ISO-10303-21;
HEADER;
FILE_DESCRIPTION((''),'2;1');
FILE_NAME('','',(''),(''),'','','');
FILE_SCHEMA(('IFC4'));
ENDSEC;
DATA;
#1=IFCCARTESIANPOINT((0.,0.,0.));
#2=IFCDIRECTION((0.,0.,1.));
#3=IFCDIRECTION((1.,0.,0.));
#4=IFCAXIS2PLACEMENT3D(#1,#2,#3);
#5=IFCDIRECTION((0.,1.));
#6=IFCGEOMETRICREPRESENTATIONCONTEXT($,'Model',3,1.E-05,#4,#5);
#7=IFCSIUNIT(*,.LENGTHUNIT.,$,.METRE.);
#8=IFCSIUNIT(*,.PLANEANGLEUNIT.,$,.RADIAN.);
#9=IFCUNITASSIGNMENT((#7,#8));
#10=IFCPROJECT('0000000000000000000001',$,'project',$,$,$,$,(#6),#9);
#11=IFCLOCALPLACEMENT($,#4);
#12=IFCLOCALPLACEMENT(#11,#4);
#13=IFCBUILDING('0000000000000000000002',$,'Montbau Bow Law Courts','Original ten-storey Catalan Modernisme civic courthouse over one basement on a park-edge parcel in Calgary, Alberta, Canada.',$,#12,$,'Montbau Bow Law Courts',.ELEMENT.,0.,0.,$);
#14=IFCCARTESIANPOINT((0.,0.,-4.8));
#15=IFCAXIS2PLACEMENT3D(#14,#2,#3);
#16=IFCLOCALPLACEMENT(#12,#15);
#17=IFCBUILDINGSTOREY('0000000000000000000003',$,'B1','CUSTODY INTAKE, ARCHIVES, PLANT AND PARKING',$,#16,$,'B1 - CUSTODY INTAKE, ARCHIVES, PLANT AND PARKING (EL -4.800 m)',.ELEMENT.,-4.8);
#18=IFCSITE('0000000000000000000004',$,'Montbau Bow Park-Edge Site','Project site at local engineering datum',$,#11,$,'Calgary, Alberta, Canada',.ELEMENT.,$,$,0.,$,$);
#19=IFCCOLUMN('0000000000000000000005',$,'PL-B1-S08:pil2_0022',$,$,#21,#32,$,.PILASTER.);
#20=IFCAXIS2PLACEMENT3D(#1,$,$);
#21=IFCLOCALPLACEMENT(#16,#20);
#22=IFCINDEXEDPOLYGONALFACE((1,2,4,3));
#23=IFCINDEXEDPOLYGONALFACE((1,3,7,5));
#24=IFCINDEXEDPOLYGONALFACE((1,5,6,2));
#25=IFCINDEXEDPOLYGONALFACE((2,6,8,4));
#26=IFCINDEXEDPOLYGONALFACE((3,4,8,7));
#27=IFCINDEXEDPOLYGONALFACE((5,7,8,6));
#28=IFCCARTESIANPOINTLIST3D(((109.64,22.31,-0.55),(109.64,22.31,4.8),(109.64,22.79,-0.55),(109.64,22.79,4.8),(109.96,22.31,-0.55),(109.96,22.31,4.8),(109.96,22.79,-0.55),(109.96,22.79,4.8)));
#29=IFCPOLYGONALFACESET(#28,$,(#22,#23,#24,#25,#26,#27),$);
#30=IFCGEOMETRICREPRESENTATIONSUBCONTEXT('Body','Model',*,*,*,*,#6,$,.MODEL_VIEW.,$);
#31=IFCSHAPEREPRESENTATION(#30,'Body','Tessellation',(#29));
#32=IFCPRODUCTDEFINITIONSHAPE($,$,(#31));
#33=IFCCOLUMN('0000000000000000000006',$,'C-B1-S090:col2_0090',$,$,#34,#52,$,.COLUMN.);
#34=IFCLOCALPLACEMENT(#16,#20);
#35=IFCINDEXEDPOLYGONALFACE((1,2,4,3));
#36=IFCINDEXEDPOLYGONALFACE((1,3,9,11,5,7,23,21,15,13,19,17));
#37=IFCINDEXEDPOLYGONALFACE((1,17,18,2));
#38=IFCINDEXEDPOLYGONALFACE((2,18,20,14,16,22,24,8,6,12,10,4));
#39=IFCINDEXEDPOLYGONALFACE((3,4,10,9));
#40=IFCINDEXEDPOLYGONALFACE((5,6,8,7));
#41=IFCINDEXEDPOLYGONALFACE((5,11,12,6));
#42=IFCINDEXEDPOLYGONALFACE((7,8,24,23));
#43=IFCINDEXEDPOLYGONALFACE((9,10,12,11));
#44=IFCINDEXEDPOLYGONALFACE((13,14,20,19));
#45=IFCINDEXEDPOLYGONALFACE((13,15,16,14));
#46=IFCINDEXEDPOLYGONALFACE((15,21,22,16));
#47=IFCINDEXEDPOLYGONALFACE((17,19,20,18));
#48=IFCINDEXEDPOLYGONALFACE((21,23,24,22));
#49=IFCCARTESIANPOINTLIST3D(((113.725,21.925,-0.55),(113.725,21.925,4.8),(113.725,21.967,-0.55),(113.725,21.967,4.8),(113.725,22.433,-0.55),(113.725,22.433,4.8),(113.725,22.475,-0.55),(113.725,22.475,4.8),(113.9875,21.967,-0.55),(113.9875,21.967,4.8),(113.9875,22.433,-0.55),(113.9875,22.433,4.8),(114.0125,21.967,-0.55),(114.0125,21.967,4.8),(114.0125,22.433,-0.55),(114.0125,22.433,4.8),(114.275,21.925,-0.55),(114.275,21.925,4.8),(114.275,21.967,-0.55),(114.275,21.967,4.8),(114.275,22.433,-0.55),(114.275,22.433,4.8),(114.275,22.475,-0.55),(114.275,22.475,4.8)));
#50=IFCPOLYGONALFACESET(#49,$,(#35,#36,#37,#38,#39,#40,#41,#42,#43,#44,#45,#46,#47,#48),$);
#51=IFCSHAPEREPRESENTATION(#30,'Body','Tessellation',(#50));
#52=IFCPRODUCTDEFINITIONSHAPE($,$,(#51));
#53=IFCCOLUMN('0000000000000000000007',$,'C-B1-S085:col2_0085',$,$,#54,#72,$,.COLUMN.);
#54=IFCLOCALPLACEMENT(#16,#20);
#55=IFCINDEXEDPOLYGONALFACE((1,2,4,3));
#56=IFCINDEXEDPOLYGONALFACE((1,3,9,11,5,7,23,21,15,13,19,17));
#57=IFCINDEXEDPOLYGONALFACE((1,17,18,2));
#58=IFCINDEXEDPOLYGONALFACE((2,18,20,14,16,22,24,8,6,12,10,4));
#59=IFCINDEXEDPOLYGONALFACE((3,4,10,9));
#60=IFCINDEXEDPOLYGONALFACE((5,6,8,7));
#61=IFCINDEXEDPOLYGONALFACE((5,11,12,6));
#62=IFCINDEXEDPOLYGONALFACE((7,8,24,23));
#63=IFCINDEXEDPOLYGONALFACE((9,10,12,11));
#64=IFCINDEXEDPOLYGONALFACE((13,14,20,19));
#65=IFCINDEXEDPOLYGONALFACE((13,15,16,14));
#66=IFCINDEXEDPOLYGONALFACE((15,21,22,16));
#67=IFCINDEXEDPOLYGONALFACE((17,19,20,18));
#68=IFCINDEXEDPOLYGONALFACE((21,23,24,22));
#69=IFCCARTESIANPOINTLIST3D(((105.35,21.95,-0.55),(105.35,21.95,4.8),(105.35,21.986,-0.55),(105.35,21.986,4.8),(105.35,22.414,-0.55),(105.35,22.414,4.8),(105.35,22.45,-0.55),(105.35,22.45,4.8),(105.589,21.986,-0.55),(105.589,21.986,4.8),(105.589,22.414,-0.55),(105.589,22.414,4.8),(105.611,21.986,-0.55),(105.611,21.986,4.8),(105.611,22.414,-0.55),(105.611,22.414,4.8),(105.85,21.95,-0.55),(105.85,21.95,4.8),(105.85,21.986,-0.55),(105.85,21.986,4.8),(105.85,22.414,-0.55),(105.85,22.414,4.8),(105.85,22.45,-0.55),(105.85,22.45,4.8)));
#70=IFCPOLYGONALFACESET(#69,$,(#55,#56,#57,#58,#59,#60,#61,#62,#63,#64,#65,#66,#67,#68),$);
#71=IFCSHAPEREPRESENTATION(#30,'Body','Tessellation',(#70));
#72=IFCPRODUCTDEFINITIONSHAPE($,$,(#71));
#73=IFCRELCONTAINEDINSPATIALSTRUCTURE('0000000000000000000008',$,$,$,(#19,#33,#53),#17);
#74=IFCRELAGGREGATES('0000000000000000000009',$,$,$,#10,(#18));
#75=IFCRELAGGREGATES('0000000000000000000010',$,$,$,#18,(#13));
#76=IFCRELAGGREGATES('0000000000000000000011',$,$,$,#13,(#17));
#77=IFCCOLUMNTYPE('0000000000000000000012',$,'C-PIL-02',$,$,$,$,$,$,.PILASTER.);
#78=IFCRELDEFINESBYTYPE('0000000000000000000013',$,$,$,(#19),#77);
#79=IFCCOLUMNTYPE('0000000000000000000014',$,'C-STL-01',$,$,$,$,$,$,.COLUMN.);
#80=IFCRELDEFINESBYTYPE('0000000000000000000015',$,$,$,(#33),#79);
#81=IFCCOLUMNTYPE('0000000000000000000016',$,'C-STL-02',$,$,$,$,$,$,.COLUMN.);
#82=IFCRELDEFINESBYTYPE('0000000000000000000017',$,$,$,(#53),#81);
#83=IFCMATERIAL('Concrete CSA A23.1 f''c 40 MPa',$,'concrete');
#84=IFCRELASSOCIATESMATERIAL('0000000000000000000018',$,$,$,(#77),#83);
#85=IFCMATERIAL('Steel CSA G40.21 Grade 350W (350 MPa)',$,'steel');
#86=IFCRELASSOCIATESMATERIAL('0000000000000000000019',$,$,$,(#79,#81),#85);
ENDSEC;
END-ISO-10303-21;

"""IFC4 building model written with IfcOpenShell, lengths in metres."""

from ifc_helpers import new_model, si_unit, direction, frame, origin_with_axes, origin_2d_with_axis, place, context, subcontext, project, spatial, rectangle, i_section, extrude, material, material_profile, profile_set, type_object, element, save


model = new_model("IFC4")

# Units and contexts
model_context = context("Model", 3, precision=1e-05, world=origin_with_axes(), true_north=direction((0.0, 1.0)))
body_context = subcontext(model_context, "Body", "Model", "MODEL_VIEW")
ifc_project = project(units=[si_unit("LENGTHUNIT", "METRE"), si_unit("PLANEANGLEUNIT", "RADIAN")], contexts=[model_context])

# Site, building, storey
site_placement = place(None, origin_with_axes())
site = spatial("IfcSite", under=ifc_project, at=site_placement, Name="Montbau Bow Park-Edge Site", Description="Project site at local engineering datum", LongName="Calgary, Alberta, Canada", CompositionType="ELEMENT", RefElevation=0.0)
building_placement = place(site_placement, origin_with_axes())
building = spatial("IfcBuilding", under=site, at=building_placement, Name="Montbau Bow Law Courts", Description="Original ten-storey Catalan Modernisme civic courthouse over one basement on a park-edge parcel in Calgary, Alberta, Canada.", LongName="Montbau Bow Law Courts", CompositionType="ELEMENT", ElevationOfRefHeight=0.0, ElevationOfTerrain=0.0)
storey_placement = place(building_placement, frame((0.0, 0.0, -4.8), z_axis=(0.0, 0.0, 1.0), x_axis=(1.0, 0.0, 0.0)))
storey = spatial("IfcBuildingStorey", under=building, at=storey_placement, Name="B1", Description="CUSTODY INTAKE, ARCHIVES, PLANT AND PARKING", LongName="B1 - CUSTODY INTAKE, ARCHIVES, PLANT AND PARKING (EL -4.800 m)", CompositionType="ELEMENT", Elevation=-4.8)

# Shared definitions
ifc_material_1 = material(Name="Concrete CSA A23.1 f'c 40 MPa", Category="concrete")

# Columns
ifc_material_profile_1 = material_profile(ifc_material_1, rectangle(XDim=0.32, YDim=0.48, at=origin_2d_with_axis()), Name="RC480X320", Category="Main", Priority=0)
ifc_profile_set_1 = profile_set([ifc_material_profile_1], Name="Concrete CSA A23.1 f'c 40 MPa")
column_type_1 = type_object("IfcColumnType", Name="C-PIL-02", PredefinedType="PILASTER", material=ifc_profile_set_1)
for number, where, z_axis, x_axis, name in (
    (1, (109.8, 22.55, -5.35), (0.0, 0.0, 1.0), (1.0, 0.0, 0.0), "PL-B1-S08:pil2_0022"),
):
    element("IfcColumn", number, at=place(None, frame(where, z_axis=z_axis, x_axis=x_axis)), inside=storey, type_object=column_type_1, Name=name, PredefinedType="PILASTER", context=body_context, shape_type="SweptSolid", body=[
        extrude(rectangle(XDim=0.32, YDim=0.48, at=origin_2d_with_axis()), origin_with_axes(), (0.0, 0.0, 1.0), 5.35),
    ])
ifc_material_2 = material(Name="Steel CSA G40.21 Grade 350W (350 MPa)", Category="steel")
ifc_material_profile_2 = material_profile(ifc_material_2, i_section(OverallWidth=0.55, OverallDepth=0.55, WebThickness=0.025, FlangeThickness=0.042, at=origin_2d_with_axis()), Name="WWF550X420", Category="Main", Priority=0)
ifc_profile_set_2 = profile_set([ifc_material_profile_2], Name="Steel CSA G40.21 Grade 350W (350 MPa)")
column_type_2 = type_object("IfcColumnType", Name="C-STL-01", PredefinedType="COLUMN", material=ifc_profile_set_2)
column_1_placement = place(None, frame((114.0, 22.2, -5.35), z_axis=(0.0, 0.0, 1.0), x_axis=(1.0, 0.0, 0.0)))
element("IfcColumn", 2, at=column_1_placement, inside=storey, type_object=column_type_2, Name="C-B1-S090:col2_0090", PredefinedType="COLUMN", context=body_context, shape_type="SweptSolid", body=[
    extrude(i_section(OverallWidth=0.55, OverallDepth=0.55, WebThickness=0.025, FlangeThickness=0.042, at=origin_2d_with_axis()), origin_with_axes(), (0.0, 0.0, 1.0), 5.35),
])
ifc_material_profile_3 = material_profile(ifc_material_2, i_section(OverallWidth=0.5, OverallDepth=0.5, WebThickness=0.022, FlangeThickness=0.036, at=origin_2d_with_axis()), Name="WWF500X343", Category="Main", Priority=0)
ifc_profile_set_3 = profile_set([ifc_material_profile_3], Name="Steel CSA G40.21 Grade 350W (350 MPa)")
column_type_3 = type_object("IfcColumnType", Name="C-STL-02", PredefinedType="COLUMN", material=ifc_profile_set_3)
column_2_placement = place(None, frame((105.6, 22.2, -5.35), z_axis=(0.0, 0.0, 1.0), x_axis=(1.0, 0.0, 0.0)))
element("IfcColumn", 3, at=column_2_placement, inside=storey, type_object=column_type_3, Name="C-B1-S085:col2_0085", PredefinedType="COLUMN", context=body_context, shape_type="SweptSolid", body=[
    extrude(i_section(OverallWidth=0.5, OverallDepth=0.5, WebThickness=0.022, FlangeThickness=0.036, at=origin_2d_with_axis()), origin_with_axes(), (0.0, 0.0, 1.0), 5.35),
])

save(model, "model.ifc")
